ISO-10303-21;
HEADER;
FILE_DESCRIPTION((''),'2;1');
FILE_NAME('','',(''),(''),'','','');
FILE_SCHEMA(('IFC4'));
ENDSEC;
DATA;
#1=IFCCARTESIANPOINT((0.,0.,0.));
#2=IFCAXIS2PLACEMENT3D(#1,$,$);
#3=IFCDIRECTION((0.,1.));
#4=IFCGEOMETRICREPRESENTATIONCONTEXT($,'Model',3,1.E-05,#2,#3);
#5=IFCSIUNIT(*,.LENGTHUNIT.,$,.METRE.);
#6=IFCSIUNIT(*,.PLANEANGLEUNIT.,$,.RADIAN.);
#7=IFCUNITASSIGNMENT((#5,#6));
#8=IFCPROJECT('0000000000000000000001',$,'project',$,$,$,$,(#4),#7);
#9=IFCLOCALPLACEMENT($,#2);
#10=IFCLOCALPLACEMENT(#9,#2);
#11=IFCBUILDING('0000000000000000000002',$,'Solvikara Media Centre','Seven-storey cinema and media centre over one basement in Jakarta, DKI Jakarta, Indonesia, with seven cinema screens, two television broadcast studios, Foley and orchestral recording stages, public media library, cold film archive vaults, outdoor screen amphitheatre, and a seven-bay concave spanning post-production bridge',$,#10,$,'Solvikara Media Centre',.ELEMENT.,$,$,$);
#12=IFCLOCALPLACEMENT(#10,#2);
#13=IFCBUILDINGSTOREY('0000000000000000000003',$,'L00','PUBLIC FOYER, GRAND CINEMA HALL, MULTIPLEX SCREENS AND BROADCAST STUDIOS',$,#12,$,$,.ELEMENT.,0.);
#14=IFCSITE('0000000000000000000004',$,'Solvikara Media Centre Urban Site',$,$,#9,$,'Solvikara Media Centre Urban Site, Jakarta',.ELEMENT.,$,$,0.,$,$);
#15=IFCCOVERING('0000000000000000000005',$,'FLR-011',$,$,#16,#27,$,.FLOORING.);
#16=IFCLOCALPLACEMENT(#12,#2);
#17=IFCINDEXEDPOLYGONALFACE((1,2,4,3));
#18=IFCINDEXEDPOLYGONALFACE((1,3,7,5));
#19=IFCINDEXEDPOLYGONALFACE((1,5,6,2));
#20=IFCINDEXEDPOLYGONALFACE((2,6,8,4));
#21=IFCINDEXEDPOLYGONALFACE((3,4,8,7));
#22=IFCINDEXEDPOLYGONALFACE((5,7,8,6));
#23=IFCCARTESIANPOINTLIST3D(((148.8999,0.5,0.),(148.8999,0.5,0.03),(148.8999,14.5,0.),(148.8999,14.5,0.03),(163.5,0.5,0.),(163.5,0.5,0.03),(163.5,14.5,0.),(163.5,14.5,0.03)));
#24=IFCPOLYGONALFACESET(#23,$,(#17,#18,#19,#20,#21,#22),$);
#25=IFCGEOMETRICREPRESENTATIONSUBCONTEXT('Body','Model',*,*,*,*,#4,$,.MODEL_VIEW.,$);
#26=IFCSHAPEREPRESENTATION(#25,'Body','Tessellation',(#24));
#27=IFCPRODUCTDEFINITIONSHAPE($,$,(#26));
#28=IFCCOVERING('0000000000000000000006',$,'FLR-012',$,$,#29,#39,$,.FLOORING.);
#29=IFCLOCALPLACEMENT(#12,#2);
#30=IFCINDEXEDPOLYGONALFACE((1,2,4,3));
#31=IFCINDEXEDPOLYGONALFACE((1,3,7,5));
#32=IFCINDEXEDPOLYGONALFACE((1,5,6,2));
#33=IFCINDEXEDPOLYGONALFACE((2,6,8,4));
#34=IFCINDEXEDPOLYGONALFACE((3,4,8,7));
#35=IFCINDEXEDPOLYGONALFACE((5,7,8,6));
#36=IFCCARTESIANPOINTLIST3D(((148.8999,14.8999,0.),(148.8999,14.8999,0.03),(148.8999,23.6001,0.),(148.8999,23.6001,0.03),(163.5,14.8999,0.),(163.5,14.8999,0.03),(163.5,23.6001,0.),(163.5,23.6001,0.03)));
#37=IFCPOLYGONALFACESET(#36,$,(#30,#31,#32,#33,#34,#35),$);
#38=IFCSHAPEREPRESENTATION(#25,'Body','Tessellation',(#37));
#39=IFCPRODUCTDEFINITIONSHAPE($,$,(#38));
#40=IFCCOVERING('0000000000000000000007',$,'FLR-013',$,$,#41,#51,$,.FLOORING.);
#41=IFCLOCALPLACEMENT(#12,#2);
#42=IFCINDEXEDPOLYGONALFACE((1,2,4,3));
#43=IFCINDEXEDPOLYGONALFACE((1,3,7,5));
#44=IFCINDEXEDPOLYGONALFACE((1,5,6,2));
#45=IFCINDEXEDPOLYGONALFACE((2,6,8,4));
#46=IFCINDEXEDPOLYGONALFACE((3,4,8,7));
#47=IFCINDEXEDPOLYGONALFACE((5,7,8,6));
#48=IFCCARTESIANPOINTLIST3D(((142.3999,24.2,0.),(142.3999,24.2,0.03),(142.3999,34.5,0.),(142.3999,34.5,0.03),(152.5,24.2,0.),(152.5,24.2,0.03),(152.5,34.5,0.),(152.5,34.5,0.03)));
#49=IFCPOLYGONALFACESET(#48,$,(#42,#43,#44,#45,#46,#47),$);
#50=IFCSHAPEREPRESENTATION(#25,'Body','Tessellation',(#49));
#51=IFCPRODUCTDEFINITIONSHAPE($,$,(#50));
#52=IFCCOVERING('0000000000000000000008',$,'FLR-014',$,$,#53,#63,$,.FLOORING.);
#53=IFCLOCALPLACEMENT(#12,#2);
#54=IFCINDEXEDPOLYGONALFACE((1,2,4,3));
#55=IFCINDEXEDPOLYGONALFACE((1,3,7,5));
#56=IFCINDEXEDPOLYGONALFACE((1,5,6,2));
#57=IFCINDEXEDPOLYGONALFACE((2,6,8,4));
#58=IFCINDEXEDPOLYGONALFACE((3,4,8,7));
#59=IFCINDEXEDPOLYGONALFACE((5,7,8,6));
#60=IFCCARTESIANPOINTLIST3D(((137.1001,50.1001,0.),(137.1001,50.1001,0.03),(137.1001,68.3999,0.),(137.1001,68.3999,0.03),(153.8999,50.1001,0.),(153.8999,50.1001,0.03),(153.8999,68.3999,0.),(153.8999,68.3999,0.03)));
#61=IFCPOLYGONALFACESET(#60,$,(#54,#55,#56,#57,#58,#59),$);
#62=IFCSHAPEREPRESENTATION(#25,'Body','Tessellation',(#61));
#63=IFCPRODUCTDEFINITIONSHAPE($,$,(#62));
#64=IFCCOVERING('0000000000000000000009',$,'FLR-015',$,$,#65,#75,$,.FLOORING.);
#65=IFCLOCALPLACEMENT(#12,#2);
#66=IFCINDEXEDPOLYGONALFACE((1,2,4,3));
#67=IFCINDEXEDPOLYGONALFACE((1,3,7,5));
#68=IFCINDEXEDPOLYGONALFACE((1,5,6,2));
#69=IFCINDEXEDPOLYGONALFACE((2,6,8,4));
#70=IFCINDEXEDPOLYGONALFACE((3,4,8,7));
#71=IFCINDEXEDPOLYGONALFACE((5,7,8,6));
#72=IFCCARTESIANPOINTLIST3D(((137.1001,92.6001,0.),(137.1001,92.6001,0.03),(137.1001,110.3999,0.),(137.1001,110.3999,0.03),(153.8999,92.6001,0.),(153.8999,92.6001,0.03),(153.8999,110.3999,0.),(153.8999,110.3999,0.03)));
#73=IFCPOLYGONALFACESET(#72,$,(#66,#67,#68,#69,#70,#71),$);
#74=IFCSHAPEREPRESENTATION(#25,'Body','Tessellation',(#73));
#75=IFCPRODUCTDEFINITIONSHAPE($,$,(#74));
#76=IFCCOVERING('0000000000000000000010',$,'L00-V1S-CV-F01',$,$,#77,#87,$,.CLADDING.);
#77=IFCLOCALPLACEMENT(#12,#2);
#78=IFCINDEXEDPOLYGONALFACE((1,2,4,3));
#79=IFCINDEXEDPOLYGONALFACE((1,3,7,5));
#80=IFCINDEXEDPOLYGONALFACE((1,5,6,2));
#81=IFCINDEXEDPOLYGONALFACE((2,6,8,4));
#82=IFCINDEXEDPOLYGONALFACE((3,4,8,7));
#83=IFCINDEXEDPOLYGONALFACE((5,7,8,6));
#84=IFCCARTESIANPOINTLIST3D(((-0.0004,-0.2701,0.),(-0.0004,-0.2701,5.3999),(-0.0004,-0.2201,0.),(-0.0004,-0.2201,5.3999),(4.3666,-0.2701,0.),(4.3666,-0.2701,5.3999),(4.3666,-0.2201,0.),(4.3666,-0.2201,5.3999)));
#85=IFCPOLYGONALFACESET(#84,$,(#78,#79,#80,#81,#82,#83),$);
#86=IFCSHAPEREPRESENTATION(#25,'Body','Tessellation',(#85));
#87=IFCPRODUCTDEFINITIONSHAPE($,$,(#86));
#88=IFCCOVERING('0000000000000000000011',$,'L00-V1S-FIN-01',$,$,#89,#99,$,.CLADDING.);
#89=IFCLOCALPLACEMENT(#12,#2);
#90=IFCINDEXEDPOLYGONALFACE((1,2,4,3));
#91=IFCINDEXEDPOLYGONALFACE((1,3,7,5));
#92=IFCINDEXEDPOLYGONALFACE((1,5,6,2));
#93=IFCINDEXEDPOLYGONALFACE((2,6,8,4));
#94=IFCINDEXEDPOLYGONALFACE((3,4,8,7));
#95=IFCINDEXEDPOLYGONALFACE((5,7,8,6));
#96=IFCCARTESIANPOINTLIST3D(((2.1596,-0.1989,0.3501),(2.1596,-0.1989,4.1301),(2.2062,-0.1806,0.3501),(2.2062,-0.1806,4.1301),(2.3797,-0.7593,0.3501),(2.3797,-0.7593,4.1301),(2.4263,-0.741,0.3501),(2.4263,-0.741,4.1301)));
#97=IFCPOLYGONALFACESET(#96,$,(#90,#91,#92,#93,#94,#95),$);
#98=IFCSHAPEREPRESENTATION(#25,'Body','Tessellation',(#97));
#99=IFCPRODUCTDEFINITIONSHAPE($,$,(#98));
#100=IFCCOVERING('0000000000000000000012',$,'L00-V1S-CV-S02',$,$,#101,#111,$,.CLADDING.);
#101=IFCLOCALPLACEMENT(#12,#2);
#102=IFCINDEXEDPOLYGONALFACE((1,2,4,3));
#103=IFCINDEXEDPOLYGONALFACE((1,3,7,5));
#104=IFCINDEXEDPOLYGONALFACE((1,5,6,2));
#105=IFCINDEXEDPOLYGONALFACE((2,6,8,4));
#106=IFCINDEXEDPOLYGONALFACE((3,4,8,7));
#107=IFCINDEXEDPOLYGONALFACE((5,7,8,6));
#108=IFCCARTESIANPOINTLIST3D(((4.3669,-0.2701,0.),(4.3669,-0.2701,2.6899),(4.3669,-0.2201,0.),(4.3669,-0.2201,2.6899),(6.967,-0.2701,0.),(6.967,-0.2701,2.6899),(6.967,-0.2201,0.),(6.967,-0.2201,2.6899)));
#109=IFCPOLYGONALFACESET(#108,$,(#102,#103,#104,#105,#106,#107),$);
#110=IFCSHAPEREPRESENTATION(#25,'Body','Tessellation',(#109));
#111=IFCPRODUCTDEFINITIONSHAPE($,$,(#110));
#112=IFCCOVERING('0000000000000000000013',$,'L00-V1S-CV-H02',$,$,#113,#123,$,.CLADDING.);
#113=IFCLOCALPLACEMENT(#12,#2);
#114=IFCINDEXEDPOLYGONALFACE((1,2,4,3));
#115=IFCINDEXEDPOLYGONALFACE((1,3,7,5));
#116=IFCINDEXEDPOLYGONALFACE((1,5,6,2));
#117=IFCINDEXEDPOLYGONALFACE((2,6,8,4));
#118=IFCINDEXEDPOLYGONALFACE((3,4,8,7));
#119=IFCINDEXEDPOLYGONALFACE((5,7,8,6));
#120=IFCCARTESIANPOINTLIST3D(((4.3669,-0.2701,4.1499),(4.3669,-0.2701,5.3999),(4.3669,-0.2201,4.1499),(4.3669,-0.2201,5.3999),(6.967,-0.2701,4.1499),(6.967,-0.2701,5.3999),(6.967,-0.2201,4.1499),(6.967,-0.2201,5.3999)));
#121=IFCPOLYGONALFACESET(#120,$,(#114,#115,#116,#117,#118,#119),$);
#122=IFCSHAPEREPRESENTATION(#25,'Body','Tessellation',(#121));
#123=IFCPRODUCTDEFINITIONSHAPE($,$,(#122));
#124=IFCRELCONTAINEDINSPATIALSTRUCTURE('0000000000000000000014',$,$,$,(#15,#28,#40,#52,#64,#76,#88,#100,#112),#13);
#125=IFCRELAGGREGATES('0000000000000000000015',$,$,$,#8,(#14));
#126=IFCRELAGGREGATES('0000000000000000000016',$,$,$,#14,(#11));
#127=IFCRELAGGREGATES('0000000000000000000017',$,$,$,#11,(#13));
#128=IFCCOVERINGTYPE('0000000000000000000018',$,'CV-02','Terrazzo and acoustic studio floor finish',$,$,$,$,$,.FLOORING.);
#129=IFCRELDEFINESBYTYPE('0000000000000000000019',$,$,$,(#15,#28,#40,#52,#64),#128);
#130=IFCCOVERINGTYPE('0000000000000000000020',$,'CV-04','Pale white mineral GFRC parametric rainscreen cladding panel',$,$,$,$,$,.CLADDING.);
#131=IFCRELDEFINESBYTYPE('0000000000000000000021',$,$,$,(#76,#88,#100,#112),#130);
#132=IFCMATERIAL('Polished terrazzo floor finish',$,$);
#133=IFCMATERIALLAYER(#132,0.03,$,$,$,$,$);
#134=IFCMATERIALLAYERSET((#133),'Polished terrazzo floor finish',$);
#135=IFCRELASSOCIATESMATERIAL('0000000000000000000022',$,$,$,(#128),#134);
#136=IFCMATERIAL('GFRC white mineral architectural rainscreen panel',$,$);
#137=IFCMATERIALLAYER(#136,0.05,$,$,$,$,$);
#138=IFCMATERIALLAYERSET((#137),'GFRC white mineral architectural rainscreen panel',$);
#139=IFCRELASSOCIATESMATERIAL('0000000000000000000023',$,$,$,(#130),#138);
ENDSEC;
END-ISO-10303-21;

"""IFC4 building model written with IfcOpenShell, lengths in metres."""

from ifc_helpers import new_model, si_unit, direction, frame, origin, origin_2d, place, context, subcontext, project, spatial, polyline, rectangle, outline, extrude, material, layer, layer_set, type_object, element, save


model = new_model("IFC4")

# Units and contexts
model_context = context("Model", 3, precision=1e-05, world=origin(), true_north=direction((0.0, 1.0)))
body_context = subcontext(model_context, "Body", "Model", "MODEL_VIEW")
ifc_project = project(units=[si_unit("LENGTHUNIT", "METRE"), si_unit("PLANEANGLEUNIT", "RADIAN")], contexts=[model_context])

# Site, building, storey
site_placement = place(None, origin())
site = spatial("IfcSite", under=ifc_project, at=site_placement, Name="Solvikara Media Centre Urban Site", LongName="Solvikara Media Centre Urban Site, Jakarta", CompositionType="ELEMENT", RefElevation=0.0)
building_placement = place(site_placement, origin())
building = spatial("IfcBuilding", under=site, at=building_placement, Name="Solvikara Media Centre", Description="Seven-storey cinema and media centre over one basement in Jakarta, DKI Jakarta, Indonesia, with seven cinema screens, two television broadcast studios, Foley and orchestral recording stages, public media library, cold film archive vaults, outdoor screen amphitheatre, and a seven-bay concave spanning post-production bridge", LongName="Solvikara Media Centre", CompositionType="ELEMENT")
storey_placement = place(building_placement, origin())
storey = spatial("IfcBuildingStorey", under=building, at=storey_placement, Name="L00", Description="PUBLIC FOYER, GRAND CINEMA HALL, MULTIPLEX SCREENS AND BROADCAST STUDIOS", CompositionType="ELEMENT", Elevation=0.0)

# Coverings
ifc_material_1 = material(Name="Polished terrazzo floor finish")
ifc_layer_1 = layer(ifc_material_1, 0.03)
ifc_layer_set_1 = layer_set([ifc_layer_1], Name="Polished terrazzo floor finish")
covering_type_1 = type_object("IfcCoveringType", Name="CV-02", Description="Terrazzo and acoustic studio floor finish", PredefinedType="FLOORING", material=ifc_layer_set_1)
covering_1_placement = place(storey_placement, origin())
element("IfcCovering", 1, at=covering_1_placement, inside=storey, type_object=covering_type_1, Name="FLR-011", PredefinedType="FLOORING", context=body_context, shape_type="SweptSolid", body=[
    extrude(outline(polyline([(148.8999, 0.5), (163.5, 0.5), (163.5, 14.5), (148.8999, 14.5), (148.8999, 0.5)])), origin(), (0.0, 0.0, 1.0), 0.03),
])
covering_2_placement = place(storey_placement, origin())
element("IfcCovering", 2, at=covering_2_placement, inside=storey, type_object=covering_type_1, Name="FLR-012", PredefinedType="FLOORING", context=body_context, shape_type="SweptSolid", body=[
    extrude(outline(polyline([(148.8999, 14.8999), (163.5, 14.8999), (163.5, 23.6001), (148.8999, 23.6001), (148.8999, 14.8999)])), origin(), (0.0, 0.0, 1.0), 0.03),
])
covering_3_placement = place(storey_placement, origin())
element("IfcCovering", 3, at=covering_3_placement, inside=storey, type_object=covering_type_1, Name="FLR-013", PredefinedType="FLOORING", context=body_context, shape_type="SweptSolid", body=[
    extrude(outline(polyline([(142.3999, 24.2), (152.5, 24.2), (152.5, 34.5), (142.3999, 34.5), (142.3999, 24.2)])), origin(), (0.0, 0.0, 1.0), 0.03),
])
covering_4_placement = place(storey_placement, origin())
element("IfcCovering", 4, at=covering_4_placement, inside=storey, type_object=covering_type_1, Name="FLR-014", PredefinedType="FLOORING", context=body_context, shape_type="SweptSolid", body=[
    extrude(outline(polyline([(137.1001, 50.1001), (153.8999, 50.1001), (153.8999, 68.3999), (137.1001, 68.3999), (137.1001, 50.1001)])), origin(), (0.0, 0.0, 1.0), 0.03),
])
covering_5_placement = place(storey_placement, origin())
element("IfcCovering", 5, at=covering_5_placement, inside=storey, type_object=covering_type_1, Name="FLR-015", PredefinedType="FLOORING", context=body_context, shape_type="SweptSolid", body=[
    extrude(outline(polyline([(137.1001, 92.6001), (153.8999, 92.6001), (153.8999, 110.3999), (137.1001, 110.3999), (137.1001, 92.6001)])), origin(), (0.0, 0.0, 1.0), 0.03),
])
ifc_material_2 = material(Name="GFRC white mineral architectural rainscreen panel")
ifc_layer_2 = layer(ifc_material_2, 0.05)
ifc_layer_set_2 = layer_set([ifc_layer_2], Name="GFRC white mineral architectural rainscreen panel")
covering_type_2 = type_object("IfcCoveringType", Name="CV-04", Description="Pale white mineral GFRC parametric rainscreen cladding panel", PredefinedType="CLADDING", material=ifc_layer_set_2)
covering_6_placement = place(storey_placement, frame((2.1831, -0.2451, 0.0), z_axis=(0.0, 0.0, 1.0), x_axis=(1.0, 0.0, 0.0)))
element("IfcCovering", 6, at=covering_6_placement, inside=storey, type_object=covering_type_2, Name="L00-V1S-CV-F01", PredefinedType="CLADDING", context=body_context, shape_type="SweptSolid", body=[
    extrude(rectangle(XDim=4.3669, YDim=0.05, at=origin_2d()), origin(), (0.0, 0.0, 1.0), 5.3999),
])
covering_7_placement = place(storey_placement, frame((2.293, -0.47, 0.3501), z_axis=(0.0, 0.0, 1.0), x_axis=(0.365657, -0.93075, 0.0)))
element("IfcCovering", 7, at=covering_7_placement, inside=storey, type_object=covering_type_2, Name="L00-V1S-FIN-01", PredefinedType="CLADDING", context=body_context, shape_type="SweptSolid", body=[
    extrude(rectangle(XDim=0.6021, YDim=0.05, at=origin_2d()), origin(), (0.0, 0.0, 1.0), 3.78),
])
covering_8_placement = place(storey_placement, frame((5.667, -0.2451, 0.0), z_axis=(0.0, 0.0, 1.0), x_axis=(1.0, 0.0, 0.0)))
element("IfcCovering", 8, at=covering_8_placement, inside=storey, type_object=covering_type_2, Name="L00-V1S-CV-S02", PredefinedType="CLADDING", context=body_context, shape_type="SweptSolid", body=[
    extrude(rectangle(XDim=2.6001, YDim=0.05, at=origin_2d()), origin(), (0.0, 0.0, 1.0), 2.6899),
])
covering_9_placement = place(storey_placement, frame((5.667, -0.2451, 4.1499), z_axis=(0.0, 0.0, 1.0), x_axis=(1.0, 0.0, 0.0)))
element("IfcCovering", 9, at=covering_9_placement, inside=storey, type_object=covering_type_2, Name="L00-V1S-CV-H02", PredefinedType="CLADDING", context=body_context, shape_type="SweptSolid", body=[
    extrude(rectangle(XDim=2.6001, YDim=0.05, at=origin_2d()), origin(), (0.0, 0.0, 1.0), 1.25),
])

save(model, "model.ifc")
